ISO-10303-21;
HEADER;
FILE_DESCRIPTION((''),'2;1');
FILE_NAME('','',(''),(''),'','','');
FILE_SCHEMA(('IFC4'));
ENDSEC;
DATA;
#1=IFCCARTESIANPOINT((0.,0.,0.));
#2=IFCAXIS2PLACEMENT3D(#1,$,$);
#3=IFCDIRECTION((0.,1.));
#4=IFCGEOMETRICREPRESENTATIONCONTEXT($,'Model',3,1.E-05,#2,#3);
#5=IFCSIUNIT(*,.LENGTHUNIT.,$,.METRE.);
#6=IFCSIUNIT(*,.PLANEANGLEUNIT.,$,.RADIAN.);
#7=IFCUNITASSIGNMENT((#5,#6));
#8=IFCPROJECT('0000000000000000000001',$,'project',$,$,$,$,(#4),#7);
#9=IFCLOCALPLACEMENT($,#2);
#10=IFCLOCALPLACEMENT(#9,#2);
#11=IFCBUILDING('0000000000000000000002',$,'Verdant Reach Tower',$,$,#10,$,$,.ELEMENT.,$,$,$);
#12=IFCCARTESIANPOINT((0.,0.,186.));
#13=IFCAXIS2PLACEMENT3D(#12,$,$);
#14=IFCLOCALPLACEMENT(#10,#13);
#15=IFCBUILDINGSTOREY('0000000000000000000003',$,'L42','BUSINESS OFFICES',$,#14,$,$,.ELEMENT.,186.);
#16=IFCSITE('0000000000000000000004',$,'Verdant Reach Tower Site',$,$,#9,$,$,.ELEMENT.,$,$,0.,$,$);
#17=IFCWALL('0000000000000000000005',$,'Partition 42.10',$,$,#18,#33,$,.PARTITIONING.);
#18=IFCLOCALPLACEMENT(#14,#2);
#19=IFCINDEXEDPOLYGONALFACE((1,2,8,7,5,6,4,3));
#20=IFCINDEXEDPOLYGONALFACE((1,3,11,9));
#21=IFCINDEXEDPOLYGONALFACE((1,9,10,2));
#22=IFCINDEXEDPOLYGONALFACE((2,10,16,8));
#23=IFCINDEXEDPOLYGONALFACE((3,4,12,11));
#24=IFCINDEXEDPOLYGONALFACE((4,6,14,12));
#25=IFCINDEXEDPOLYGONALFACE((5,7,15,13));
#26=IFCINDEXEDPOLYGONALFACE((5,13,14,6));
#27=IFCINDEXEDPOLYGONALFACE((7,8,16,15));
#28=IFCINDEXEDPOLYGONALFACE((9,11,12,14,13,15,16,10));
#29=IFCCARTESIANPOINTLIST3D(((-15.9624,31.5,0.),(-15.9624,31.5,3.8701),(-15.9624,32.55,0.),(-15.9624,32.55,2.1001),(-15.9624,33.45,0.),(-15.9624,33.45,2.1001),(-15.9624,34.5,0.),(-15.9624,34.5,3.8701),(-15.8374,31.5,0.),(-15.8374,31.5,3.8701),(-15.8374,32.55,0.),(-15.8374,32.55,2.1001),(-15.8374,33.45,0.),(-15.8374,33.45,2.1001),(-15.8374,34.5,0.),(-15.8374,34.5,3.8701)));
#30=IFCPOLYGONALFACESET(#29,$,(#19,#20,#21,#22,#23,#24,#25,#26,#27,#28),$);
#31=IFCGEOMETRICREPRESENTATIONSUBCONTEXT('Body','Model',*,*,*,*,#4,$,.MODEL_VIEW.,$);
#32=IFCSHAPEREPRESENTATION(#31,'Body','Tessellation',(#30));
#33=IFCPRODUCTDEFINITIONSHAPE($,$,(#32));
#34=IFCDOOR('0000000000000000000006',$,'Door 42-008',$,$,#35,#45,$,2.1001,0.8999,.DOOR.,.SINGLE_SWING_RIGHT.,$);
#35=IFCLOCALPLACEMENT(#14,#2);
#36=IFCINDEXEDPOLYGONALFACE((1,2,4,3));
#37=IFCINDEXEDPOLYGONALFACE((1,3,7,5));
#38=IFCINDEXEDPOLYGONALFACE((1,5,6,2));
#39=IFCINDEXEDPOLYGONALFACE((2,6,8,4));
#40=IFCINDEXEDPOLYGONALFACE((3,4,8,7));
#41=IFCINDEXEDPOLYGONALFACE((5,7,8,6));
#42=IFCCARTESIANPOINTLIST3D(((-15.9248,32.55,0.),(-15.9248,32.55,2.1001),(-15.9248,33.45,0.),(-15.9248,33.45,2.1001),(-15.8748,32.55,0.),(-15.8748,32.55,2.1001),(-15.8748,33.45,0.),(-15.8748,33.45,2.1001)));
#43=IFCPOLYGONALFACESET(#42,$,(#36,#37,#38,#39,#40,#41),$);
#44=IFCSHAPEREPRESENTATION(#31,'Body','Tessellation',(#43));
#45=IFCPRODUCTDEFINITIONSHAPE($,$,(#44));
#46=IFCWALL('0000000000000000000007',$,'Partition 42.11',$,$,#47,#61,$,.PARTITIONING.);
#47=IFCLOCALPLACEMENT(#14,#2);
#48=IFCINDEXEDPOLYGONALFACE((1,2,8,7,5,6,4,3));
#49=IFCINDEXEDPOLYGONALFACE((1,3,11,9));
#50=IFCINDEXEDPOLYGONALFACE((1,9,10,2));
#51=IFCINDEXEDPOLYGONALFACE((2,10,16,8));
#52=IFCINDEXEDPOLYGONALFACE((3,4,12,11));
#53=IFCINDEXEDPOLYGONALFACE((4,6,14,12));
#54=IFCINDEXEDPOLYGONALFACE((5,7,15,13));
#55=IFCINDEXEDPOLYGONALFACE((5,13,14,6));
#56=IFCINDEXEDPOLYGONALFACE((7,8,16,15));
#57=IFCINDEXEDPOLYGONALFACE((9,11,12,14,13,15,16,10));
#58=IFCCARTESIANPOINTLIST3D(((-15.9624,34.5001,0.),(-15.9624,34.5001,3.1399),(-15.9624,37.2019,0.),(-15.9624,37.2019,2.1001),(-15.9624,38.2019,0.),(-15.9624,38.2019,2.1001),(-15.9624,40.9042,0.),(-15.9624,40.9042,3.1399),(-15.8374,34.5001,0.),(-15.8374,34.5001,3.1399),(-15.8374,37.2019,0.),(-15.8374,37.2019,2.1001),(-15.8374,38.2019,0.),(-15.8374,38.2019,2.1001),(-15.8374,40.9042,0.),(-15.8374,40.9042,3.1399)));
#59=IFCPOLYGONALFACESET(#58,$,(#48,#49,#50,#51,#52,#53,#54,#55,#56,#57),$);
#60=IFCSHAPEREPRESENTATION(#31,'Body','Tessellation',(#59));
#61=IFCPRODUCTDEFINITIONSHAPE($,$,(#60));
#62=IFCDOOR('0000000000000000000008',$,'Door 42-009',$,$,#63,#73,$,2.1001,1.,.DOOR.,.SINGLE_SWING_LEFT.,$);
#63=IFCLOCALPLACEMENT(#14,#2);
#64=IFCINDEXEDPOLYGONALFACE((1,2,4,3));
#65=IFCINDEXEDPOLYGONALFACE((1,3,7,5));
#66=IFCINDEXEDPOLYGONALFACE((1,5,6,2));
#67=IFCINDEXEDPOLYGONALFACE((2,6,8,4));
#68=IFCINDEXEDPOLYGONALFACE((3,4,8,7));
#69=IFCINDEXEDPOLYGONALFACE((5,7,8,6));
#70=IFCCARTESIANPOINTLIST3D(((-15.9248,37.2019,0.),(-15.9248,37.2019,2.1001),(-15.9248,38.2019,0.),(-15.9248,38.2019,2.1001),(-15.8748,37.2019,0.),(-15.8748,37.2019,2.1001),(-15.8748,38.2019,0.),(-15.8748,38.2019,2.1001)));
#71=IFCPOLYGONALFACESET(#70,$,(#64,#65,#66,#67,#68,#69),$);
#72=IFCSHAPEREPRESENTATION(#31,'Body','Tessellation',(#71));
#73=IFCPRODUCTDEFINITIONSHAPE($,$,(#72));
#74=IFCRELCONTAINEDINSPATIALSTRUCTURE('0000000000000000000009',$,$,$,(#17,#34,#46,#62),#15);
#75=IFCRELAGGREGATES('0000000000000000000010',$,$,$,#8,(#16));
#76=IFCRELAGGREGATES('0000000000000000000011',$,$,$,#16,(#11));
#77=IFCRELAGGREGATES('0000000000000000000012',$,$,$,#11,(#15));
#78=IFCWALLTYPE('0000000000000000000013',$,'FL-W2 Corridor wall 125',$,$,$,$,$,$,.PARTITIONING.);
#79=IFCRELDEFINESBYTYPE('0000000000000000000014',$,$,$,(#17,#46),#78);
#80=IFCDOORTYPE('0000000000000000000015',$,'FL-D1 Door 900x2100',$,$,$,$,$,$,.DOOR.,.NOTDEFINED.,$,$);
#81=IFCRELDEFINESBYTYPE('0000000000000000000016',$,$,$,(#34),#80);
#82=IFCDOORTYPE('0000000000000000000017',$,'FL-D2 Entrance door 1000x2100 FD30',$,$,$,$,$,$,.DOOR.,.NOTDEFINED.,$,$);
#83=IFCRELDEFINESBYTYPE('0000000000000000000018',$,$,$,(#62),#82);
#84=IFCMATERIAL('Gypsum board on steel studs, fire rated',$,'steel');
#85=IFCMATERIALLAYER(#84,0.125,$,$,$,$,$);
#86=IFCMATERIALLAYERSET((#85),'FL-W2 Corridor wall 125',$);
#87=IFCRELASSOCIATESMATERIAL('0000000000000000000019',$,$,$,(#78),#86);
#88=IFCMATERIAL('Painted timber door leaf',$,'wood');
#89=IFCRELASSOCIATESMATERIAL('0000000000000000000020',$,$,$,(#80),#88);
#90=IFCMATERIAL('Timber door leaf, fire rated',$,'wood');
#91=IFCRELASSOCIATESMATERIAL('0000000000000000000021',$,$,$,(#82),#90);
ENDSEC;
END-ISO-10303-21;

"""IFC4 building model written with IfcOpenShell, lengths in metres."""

from ifc_helpers import new_model, si_unit, direction, frame, frame_2d, origin, place, context, subcontext, project, spatial, rectangle, extrude, material, layer, layer_set, type_object, element, fill, save


model = new_model("IFC4")

# Units and contexts
model_context = context("Model", 3, precision=1e-05, world=origin(), true_north=direction((0.0, 1.0)))
body_context = subcontext(model_context, "Body", "Model", "MODEL_VIEW")
ifc_project = project(units=[si_unit("LENGTHUNIT", "METRE"), si_unit("PLANEANGLEUNIT", "RADIAN")], contexts=[model_context])

# Site, building, storey
site_placement = place(None, origin())
site = spatial("IfcSite", under=ifc_project, at=site_placement, Name="Verdant Reach Tower Site", CompositionType="ELEMENT", RefElevation=0.0)
building_placement = place(site_placement, origin())
building = spatial("IfcBuilding", under=site, at=building_placement, Name="Verdant Reach Tower", CompositionType="ELEMENT")
storey_placement = place(building_placement, frame((0.0, 0.0, 186.0)))
storey = spatial("IfcBuildingStorey", under=building, at=storey_placement, Name="L42", Description="BUSINESS OFFICES", CompositionType="ELEMENT", Elevation=186.0)

# Walls, openings, doors
ifc_material_1 = material(Name="Gypsum board on steel studs, fire rated", Category="steel")
ifc_layer_1 = layer(ifc_material_1, 0.125)
ifc_layer_set_1 = layer_set([ifc_layer_1], Name="FL-W2 Corridor wall 125")
wall_type_1 = type_object("IfcWallType", Name="FL-W2 Corridor wall 125", PredefinedType="PARTITIONING", material=ifc_layer_set_1)
ifc_material_2 = material(Name="Painted timber door leaf", Category="wood")
door_type_1 = type_object("IfcDoorType", Name="FL-D1 Door 900x2100", OperationType="NOTDEFINED", PredefinedType="DOOR", material=ifc_material_2)
wall_1_placement = place(storey_placement, frame((-15.8999, 31.5, 0.0), z_axis=(0.0, 0.0, 1.0), x_axis=(0.0, 1.0, 0.0)))
wall_1 = element("IfcWall", 1, at=wall_1_placement, inside=storey, type_object=wall_type_1, Name="Partition 42.10", PredefinedType="PARTITIONING", context=body_context, shape_type="SweptSolid", body=[
    extrude(rectangle(XDim=3.0, YDim=0.125, at=frame_2d((1.5, 0.0))), origin(), (0.0, 0.0, 1.0), 3.8701),
])
opening_1_placement = place(wall_1_placement, frame((1.05, 0.0, 0.0)))
opening_1 = element("IfcOpeningElement", 2, at=opening_1_placement, cuts=wall_1, PredefinedType="OPENING", context=body_context, shape_type="SweptSolid", body=[
    extrude(rectangle(XDim=0.8999, YDim=2.1001, at=frame_2d((0.45, 1.05))), frame((0.0, 0.0725, 0.0), z_axis=(0.0, -1.0, 0.0), x_axis=(1.0, 0.0, 0.0)), (0.0, 0.0, 1.0), 0.145),
])
door_1_placement = place(opening_1_placement, origin())
door_1 = element("IfcDoor", 3, at=door_1_placement, inside=storey, type_object=door_type_1, Name="Door 42-008", OperationType="SINGLE_SWING_RIGHT", OverallHeight=2.1001, OverallWidth=0.8999, PredefinedType="DOOR", context=body_context, shape_type="SweptSolid", body=[
    extrude(rectangle(XDim=0.8999, YDim=2.1001, at=frame_2d((0.45, 1.05))), frame((0.0, 0.0249, 0.0), z_axis=(0.0, -1.0, 0.0), x_axis=(1.0, 0.0, 0.0)), (0.0, 0.0, 1.0), 0.05),
])
fill(opening_1, door_1)
wall_2_placement = place(storey_placement, frame((-15.8999, 34.5, 0.0), z_axis=(0.0, 0.0, 1.0), x_axis=(0.0, 1.0, 0.0)))
wall_2 = element("IfcWall", 4, at=wall_2_placement, inside=storey, type_object=wall_type_1, Name="Partition 42.11", PredefinedType="PARTITIONING", context=body_context, shape_type="SweptSolid", body=[
    extrude(rectangle(XDim=6.4041, YDim=0.125, at=frame_2d((3.2021, 0.0))), origin(), (0.0, 0.0, 1.0), 3.1399),
])
opening_2_placement = place(wall_2_placement, frame((2.7019, 0.0, 0.0)))
opening_2 = element("IfcOpeningElement", 5, at=opening_2_placement, cuts=wall_2, PredefinedType="OPENING", context=body_context, shape_type="SweptSolid", body=[
    extrude(rectangle(XDim=1.0, YDim=2.1001, at=frame_2d((0.5, 1.05))), frame((0.0, 0.0725, 0.0), z_axis=(0.0, -1.0, 0.0), x_axis=(1.0, 0.0, 0.0)), (0.0, 0.0, 1.0), 0.145),
])
ifc_material_3 = material(Name="Timber door leaf, fire rated", Category="wood")
door_type_2 = type_object("IfcDoorType", Name="FL-D2 Entrance door 1000x2100 FD30", OperationType="NOTDEFINED", PredefinedType="DOOR", material=ifc_material_3)
door_2_placement = place(opening_2_placement, origin())
door_2 = element("IfcDoor", 6, at=door_2_placement, inside=storey, type_object=door_type_2, Name="Door 42-009", OperationType="SINGLE_SWING_LEFT", OverallHeight=2.1001, OverallWidth=1.0, PredefinedType="DOOR", context=body_context, shape_type="SweptSolid", body=[
    extrude(rectangle(XDim=1.0, YDim=2.1001, at=frame_2d((0.5, 1.05))), frame((0.0, 0.0249, 0.0), z_axis=(0.0, -1.0, 0.0), x_axis=(1.0, 0.0, 0.0)), (0.0, 0.0, 1.0), 0.05),
])
fill(opening_2, door_2)

save(model, "model.ifc")
